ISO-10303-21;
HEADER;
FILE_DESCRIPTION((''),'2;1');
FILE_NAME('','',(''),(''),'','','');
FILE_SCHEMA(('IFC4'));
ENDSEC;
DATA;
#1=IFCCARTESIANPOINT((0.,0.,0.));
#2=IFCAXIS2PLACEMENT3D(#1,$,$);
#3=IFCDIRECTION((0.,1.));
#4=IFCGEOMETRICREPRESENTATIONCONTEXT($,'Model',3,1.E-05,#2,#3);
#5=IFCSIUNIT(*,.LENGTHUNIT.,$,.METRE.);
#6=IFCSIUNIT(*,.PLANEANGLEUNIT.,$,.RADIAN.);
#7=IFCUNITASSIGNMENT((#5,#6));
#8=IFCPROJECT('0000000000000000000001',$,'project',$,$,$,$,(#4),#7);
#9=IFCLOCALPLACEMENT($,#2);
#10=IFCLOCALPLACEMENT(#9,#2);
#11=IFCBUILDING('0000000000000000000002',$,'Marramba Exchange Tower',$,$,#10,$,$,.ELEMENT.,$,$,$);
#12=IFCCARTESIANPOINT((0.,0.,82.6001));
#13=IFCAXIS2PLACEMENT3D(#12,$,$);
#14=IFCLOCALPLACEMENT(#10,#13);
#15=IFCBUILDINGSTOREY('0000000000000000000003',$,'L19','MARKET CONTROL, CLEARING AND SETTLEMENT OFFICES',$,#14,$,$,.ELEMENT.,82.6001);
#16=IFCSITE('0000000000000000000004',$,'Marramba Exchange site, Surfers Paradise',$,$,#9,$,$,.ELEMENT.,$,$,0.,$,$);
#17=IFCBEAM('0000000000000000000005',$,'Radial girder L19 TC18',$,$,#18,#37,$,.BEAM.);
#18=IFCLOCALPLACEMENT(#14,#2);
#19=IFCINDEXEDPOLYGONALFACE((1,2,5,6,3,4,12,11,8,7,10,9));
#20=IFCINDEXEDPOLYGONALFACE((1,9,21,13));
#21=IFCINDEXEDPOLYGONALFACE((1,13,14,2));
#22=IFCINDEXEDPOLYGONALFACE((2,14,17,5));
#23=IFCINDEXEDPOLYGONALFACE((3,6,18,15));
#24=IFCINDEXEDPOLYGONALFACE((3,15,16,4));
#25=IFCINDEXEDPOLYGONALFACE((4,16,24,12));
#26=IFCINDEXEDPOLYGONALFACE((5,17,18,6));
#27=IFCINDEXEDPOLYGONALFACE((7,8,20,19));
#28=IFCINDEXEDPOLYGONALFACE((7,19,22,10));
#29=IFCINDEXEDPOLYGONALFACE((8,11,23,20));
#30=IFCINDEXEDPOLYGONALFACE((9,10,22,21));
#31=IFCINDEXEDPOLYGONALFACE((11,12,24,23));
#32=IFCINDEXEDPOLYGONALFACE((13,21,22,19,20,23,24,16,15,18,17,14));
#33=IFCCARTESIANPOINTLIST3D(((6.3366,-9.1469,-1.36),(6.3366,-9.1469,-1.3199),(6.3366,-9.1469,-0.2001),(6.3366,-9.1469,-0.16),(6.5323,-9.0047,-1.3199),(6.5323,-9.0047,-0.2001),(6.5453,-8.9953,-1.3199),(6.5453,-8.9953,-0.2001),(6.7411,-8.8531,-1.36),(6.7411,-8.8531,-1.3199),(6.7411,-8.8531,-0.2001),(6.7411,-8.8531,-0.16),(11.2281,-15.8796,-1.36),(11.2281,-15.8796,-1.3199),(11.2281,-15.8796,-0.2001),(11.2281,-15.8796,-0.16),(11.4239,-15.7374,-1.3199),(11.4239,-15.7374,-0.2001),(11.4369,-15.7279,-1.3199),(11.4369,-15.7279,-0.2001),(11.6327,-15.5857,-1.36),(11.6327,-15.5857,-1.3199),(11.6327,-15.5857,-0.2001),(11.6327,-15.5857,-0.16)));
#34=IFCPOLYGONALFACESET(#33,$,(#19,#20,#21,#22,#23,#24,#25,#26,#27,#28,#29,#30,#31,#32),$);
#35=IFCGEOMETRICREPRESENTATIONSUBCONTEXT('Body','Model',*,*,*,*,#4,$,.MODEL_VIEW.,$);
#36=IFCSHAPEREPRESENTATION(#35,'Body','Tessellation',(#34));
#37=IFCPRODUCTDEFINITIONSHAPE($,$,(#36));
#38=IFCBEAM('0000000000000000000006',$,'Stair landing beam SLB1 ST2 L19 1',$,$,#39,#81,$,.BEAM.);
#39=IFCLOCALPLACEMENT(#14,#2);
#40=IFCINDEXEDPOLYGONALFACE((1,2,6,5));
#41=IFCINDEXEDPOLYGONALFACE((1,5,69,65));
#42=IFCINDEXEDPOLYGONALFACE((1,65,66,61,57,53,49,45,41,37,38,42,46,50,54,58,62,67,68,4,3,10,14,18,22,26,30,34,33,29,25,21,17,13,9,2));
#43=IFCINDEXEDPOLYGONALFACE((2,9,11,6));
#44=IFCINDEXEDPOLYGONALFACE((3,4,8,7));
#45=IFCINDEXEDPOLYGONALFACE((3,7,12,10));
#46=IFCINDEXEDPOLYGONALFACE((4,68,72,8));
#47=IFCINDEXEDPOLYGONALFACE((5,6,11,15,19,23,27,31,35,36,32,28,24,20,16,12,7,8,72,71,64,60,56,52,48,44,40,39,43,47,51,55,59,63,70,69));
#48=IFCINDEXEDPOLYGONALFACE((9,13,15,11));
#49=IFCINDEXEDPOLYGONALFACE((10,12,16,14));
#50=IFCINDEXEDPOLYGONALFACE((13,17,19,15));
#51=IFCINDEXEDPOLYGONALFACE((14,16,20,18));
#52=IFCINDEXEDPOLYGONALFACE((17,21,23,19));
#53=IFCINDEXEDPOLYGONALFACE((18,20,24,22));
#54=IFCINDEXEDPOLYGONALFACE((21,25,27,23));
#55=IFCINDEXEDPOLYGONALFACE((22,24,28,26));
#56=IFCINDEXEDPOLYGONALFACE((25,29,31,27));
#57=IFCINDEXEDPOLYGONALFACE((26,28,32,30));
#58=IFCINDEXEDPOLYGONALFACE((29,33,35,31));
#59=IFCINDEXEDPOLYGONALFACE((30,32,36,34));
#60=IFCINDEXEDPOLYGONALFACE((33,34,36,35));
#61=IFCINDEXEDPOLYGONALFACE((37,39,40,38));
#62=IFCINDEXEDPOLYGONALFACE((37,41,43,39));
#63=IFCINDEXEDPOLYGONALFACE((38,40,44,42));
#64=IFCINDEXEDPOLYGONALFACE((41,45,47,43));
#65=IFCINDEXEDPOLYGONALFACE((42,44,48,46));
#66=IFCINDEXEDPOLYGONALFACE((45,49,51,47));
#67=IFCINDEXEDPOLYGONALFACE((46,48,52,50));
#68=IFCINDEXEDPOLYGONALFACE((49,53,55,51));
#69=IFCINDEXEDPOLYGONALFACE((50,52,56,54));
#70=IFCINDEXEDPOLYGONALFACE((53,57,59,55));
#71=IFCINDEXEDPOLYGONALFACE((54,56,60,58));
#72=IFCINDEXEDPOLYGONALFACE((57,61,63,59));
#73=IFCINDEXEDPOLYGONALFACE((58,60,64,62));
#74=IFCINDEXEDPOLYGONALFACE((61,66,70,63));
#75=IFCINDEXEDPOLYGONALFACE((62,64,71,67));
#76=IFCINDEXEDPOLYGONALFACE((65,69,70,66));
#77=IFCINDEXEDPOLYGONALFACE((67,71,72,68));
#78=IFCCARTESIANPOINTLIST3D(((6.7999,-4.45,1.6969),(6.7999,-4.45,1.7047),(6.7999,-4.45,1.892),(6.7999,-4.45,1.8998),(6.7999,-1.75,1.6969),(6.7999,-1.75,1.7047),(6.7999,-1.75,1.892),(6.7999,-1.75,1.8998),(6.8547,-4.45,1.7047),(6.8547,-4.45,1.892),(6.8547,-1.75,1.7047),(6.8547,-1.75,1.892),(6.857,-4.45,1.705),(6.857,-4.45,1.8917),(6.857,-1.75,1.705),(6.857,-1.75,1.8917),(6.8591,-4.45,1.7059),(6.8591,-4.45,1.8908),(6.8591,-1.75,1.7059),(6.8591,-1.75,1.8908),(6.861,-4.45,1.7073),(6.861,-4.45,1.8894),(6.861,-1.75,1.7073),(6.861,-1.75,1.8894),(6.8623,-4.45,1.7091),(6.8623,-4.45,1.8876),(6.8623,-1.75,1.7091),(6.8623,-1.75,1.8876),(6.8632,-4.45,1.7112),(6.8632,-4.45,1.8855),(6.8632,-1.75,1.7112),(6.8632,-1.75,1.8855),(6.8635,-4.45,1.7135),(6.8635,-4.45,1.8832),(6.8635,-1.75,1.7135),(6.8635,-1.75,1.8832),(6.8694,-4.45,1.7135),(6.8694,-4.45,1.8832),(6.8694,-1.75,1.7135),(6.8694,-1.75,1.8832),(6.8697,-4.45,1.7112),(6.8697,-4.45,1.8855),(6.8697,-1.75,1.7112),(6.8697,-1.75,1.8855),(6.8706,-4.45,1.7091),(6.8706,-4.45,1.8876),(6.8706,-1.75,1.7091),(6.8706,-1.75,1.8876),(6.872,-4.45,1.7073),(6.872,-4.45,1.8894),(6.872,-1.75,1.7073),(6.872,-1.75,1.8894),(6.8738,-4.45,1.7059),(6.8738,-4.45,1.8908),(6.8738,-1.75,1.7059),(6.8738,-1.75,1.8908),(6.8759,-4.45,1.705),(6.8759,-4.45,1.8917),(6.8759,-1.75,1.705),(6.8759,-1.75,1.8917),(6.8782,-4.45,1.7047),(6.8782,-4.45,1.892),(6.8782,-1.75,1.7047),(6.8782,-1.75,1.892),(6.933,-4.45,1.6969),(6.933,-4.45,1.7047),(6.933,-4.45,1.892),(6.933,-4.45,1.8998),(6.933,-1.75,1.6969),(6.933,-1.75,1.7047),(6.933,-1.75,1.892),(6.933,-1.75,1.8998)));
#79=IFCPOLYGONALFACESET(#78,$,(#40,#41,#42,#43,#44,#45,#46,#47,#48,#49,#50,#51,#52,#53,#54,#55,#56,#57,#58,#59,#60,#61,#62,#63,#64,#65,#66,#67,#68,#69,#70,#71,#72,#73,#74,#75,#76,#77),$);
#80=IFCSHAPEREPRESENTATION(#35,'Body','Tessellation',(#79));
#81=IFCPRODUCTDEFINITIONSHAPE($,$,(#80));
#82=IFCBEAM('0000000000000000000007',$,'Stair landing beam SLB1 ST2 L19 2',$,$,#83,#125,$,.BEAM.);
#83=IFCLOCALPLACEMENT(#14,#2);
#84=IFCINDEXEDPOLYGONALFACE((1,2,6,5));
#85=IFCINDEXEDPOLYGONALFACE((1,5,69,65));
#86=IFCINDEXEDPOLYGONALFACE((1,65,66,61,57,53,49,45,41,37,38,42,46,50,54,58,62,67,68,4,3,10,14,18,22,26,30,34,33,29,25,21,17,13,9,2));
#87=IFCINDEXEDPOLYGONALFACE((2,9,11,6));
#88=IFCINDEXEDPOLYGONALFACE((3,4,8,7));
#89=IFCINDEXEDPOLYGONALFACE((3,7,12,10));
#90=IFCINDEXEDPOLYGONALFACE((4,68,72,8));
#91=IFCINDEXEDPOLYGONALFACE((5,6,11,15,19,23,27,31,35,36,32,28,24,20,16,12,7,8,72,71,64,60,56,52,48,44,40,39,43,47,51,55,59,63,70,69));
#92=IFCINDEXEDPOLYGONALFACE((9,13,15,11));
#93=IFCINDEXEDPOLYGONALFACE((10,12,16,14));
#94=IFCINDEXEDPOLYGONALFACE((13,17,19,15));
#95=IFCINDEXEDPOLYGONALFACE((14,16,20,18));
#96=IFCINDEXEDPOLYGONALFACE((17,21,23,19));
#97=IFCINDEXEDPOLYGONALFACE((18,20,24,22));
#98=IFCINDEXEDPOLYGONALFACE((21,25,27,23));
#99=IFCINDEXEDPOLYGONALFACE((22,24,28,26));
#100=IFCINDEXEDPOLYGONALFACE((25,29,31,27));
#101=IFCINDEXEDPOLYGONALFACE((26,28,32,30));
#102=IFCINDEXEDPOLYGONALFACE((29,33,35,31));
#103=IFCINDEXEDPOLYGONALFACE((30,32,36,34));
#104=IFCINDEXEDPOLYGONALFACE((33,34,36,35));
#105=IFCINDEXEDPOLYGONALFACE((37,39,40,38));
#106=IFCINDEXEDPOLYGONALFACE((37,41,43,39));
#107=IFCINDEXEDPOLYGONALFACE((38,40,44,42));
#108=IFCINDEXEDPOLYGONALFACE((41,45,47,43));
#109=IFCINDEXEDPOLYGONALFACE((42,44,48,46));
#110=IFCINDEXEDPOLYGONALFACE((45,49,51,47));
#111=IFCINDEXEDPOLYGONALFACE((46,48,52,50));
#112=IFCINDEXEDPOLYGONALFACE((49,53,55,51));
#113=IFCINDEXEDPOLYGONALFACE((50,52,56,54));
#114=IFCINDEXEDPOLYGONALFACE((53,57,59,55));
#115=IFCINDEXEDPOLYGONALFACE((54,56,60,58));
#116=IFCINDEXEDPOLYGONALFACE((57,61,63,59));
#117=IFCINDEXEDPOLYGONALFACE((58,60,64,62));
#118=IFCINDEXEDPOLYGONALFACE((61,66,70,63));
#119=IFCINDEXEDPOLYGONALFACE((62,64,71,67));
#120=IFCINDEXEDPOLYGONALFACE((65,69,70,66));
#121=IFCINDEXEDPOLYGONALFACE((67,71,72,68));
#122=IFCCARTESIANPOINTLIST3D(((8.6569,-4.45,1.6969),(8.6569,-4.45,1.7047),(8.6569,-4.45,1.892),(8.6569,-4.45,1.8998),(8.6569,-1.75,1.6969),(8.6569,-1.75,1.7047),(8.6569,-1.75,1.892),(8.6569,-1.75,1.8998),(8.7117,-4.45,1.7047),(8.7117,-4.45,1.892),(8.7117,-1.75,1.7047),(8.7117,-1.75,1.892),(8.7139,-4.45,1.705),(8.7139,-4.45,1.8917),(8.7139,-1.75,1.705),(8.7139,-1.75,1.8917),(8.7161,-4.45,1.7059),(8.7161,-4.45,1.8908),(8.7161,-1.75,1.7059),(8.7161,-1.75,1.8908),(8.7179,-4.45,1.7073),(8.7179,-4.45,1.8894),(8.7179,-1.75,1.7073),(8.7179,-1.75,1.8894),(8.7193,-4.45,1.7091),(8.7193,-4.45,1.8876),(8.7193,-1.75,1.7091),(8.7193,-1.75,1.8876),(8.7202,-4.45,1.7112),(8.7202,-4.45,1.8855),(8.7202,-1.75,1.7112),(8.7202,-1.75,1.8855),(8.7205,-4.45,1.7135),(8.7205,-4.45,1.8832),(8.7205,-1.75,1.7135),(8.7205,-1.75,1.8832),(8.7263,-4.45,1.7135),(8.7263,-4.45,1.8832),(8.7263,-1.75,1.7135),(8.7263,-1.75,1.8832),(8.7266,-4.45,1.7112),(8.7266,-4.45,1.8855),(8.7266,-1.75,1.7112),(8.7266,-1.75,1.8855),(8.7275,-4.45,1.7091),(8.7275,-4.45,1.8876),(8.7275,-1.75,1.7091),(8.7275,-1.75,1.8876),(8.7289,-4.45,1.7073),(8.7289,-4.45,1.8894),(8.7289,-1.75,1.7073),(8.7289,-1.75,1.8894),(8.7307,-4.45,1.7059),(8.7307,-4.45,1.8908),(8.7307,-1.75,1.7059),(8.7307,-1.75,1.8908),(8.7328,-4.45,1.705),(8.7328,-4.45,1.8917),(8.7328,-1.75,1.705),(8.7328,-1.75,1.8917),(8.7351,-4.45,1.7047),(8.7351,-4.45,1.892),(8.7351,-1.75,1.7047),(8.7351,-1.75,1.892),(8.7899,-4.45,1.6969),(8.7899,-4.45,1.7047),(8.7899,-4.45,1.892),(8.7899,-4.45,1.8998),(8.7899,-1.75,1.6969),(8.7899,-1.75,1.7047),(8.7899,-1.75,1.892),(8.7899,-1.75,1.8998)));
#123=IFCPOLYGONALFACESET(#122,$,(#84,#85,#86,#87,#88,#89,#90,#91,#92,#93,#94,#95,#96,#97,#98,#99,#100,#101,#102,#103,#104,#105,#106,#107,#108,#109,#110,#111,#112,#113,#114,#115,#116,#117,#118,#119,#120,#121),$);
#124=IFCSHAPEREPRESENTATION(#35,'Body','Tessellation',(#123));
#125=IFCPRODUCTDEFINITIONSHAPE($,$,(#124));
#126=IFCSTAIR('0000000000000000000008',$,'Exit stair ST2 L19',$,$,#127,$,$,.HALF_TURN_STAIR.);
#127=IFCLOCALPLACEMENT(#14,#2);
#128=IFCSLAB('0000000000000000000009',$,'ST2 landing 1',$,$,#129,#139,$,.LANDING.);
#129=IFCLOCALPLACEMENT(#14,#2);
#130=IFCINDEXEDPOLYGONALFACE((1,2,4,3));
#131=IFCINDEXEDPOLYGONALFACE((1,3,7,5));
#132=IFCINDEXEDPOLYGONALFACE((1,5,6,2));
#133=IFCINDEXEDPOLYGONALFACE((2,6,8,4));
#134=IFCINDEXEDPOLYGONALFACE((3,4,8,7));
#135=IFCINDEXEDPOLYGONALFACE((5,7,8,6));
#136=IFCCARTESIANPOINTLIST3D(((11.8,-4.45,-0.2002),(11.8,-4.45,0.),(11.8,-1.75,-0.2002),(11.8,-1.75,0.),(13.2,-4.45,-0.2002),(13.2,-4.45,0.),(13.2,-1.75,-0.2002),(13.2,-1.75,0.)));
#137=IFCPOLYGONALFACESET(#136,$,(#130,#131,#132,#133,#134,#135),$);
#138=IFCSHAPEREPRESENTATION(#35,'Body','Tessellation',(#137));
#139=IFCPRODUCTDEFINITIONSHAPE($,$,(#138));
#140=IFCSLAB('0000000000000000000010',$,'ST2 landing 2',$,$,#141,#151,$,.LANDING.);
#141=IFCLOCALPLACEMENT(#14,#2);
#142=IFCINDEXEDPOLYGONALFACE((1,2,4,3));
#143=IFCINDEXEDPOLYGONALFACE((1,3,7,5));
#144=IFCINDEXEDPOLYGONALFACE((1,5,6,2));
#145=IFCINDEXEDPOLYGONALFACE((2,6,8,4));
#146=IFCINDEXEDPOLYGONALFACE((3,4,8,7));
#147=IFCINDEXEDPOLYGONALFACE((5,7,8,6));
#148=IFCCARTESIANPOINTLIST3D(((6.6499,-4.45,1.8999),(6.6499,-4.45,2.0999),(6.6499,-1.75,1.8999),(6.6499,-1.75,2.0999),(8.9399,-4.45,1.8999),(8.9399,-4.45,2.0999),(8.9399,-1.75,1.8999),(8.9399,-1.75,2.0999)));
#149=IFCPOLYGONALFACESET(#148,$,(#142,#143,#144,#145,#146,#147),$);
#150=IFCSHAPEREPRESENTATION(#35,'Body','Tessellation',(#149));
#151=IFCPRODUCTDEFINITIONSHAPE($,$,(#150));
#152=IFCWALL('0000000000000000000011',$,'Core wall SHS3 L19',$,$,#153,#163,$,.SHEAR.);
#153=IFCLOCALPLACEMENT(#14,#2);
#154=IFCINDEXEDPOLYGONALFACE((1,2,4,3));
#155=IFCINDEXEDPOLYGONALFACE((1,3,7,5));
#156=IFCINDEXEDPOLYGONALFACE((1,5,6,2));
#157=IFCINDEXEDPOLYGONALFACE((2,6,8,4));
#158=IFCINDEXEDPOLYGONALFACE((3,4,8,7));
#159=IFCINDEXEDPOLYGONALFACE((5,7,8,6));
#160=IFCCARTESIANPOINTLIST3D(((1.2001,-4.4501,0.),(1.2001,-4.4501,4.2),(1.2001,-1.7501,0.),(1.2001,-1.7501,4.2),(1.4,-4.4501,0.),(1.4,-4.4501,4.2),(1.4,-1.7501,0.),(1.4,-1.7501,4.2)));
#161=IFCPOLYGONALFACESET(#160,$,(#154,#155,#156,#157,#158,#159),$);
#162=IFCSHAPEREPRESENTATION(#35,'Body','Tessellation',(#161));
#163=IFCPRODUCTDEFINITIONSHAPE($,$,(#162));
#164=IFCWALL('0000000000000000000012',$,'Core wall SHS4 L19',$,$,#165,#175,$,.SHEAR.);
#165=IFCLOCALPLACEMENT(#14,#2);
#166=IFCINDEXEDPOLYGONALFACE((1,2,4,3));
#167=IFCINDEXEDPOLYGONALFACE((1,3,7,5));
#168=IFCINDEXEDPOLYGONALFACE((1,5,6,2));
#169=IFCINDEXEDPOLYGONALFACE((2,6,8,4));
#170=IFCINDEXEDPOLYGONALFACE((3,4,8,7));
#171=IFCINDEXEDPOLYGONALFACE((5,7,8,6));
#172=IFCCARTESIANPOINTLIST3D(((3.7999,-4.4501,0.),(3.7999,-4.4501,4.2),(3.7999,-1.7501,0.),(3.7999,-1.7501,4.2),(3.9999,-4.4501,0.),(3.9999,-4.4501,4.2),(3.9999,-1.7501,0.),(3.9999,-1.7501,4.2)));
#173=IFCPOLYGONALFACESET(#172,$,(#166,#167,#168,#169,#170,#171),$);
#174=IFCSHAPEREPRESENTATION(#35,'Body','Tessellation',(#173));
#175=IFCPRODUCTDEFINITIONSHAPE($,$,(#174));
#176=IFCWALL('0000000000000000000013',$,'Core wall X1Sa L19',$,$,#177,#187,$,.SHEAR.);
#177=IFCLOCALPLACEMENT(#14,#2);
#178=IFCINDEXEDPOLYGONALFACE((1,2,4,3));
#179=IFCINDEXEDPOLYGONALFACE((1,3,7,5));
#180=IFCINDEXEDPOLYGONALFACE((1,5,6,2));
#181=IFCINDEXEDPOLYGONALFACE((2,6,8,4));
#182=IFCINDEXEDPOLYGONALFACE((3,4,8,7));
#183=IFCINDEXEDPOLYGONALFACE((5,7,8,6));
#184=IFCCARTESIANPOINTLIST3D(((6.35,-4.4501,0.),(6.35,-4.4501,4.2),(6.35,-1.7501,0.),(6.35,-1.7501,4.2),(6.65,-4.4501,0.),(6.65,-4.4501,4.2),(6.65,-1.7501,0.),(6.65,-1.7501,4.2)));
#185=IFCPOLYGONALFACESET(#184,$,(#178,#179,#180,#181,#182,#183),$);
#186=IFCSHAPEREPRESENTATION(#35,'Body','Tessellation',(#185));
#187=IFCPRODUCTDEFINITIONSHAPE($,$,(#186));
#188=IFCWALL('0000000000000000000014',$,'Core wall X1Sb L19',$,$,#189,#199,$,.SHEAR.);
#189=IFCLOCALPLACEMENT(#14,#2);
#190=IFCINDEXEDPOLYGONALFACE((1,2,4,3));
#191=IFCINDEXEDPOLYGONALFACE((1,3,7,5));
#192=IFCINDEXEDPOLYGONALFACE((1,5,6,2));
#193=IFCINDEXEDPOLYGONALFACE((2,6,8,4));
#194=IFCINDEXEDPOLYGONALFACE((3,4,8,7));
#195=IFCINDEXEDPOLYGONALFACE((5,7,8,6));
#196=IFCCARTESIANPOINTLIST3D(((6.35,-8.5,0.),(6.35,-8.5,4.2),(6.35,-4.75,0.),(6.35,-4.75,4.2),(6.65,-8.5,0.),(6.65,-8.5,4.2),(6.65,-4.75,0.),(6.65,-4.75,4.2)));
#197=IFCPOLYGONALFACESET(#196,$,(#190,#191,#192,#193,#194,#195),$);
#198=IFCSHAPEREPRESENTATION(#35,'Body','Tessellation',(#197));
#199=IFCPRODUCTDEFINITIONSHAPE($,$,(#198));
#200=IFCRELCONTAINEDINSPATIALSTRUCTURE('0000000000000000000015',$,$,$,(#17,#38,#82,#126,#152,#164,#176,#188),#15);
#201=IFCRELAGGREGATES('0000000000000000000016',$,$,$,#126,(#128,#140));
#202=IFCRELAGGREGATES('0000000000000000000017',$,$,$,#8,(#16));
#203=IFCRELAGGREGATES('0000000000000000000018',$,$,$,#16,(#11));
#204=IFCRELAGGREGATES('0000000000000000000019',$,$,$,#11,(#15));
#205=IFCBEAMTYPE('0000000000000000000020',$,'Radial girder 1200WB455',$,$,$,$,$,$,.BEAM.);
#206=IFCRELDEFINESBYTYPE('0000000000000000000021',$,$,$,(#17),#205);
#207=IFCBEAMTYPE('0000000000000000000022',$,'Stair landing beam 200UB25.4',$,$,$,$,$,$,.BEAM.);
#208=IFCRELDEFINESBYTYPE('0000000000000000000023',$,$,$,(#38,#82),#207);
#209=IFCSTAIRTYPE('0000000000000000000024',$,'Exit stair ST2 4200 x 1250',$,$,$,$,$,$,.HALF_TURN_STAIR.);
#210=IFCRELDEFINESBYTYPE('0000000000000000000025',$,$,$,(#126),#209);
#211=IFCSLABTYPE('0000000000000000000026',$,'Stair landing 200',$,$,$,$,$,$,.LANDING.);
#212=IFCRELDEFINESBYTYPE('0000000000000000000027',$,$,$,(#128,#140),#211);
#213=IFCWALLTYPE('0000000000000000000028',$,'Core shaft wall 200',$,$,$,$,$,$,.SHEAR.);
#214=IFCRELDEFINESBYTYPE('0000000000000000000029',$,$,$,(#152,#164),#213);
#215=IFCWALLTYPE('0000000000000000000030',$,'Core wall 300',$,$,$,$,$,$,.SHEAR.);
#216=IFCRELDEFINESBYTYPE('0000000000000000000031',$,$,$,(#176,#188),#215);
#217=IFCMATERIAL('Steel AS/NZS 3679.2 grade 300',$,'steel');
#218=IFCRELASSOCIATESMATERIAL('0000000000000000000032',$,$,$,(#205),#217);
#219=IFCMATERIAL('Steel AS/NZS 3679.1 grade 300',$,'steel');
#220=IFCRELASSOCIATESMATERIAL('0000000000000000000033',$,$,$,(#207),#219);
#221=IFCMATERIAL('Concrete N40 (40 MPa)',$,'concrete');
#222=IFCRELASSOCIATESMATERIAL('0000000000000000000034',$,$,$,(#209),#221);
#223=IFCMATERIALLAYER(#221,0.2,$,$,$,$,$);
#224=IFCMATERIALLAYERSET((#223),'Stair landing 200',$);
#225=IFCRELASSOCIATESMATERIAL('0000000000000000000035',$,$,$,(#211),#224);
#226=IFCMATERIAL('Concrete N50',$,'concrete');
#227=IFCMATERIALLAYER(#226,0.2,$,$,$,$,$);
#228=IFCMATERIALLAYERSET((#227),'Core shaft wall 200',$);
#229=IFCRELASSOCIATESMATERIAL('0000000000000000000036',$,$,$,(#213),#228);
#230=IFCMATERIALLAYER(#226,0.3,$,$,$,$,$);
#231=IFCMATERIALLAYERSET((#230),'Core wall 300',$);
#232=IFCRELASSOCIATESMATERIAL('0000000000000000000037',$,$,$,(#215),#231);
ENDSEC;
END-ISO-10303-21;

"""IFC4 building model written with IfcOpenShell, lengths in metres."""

from ifc_helpers import new_model, si_unit, direction, frame, frame_2d, origin, origin_2d, place, context, subcontext, project, spatial, polyline, rectangle, i_section, outline, extrude, material, layer, layer_set, material_profile, profile_set, type_object, element, aggregate, save


model = new_model("IFC4")

# Units and contexts
model_context = context("Model", 3, precision=1e-05, world=origin(), true_north=direction((0.0, 1.0)))
body_context = subcontext(model_context, "Body", "Model", "MODEL_VIEW")
ifc_project = project(units=[si_unit("LENGTHUNIT", "METRE"), si_unit("PLANEANGLEUNIT", "RADIAN")], contexts=[model_context])

# Site, building, storey
site_placement = place(None, origin())
site = spatial("IfcSite", under=ifc_project, at=site_placement, Name="Marramba Exchange site, Surfers Paradise", CompositionType="ELEMENT", RefElevation=0.0)
building_placement = place(site_placement, origin())
building = spatial("IfcBuilding", under=site, at=building_placement, Name="Marramba Exchange Tower", CompositionType="ELEMENT")
storey_placement = place(building_placement, frame((0.0, 0.0, 82.6001)))
storey = spatial("IfcBuildingStorey", under=building, at=storey_placement, Name="L19", Description="MARKET CONTROL, CLEARING AND SETTLEMENT OFFICES", CompositionType="ELEMENT", Elevation=82.6001)

# Beams
ifc_material_1 = material(Name="Steel AS/NZS 3679.2 grade 300", Category="steel")
ifc_material_profile_1 = material_profile(ifc_material_1, i_section(OverallWidth=0.5, OverallDepth=1.2, WebThickness=0.0161, FlangeThickness=0.04, at=origin_2d()), Name="1200WB455")
ifc_profile_set_1 = profile_set([ifc_material_profile_1], Name="Steel AS/NZS 3679.2 grade 300")
beam_type_1 = type_object("IfcBeamType", Name="Radial girder 1200WB455", PredefinedType="BEAM", material=ifc_profile_set_1)
beam_placement = place(storey_placement, frame((6.5388, -9.0, -0.76), z_axis=(0.587788, -0.809015, 0.0), x_axis=(0.809015, 0.587788, 0.0)))
element("IfcBeam", 1, at=beam_placement, inside=storey, type_object=beam_type_1, Name="Radial girder L19 TC18", PredefinedType="BEAM", context=body_context, shape_type="SweptSolid", body=[
    extrude(i_section(OverallWidth=0.5, OverallDepth=1.2, WebThickness=0.0161, FlangeThickness=0.04, at=origin_2d()), origin(), (0.0, 0.0, 1.0), 8.322),
])
ifc_material_2 = material(Name="Steel AS/NZS 3679.1 grade 300", Category="steel")
ifc_material_profile_2 = material_profile(ifc_material_2, i_section(OverallWidth=0.1331, OverallDepth=0.2029, WebThickness=0.0059, FlangeThickness=0.0078, FilletRadius=0.0088, at=origin_2d()), Name="200UB25.4")
ifc_profile_set_2 = profile_set([ifc_material_profile_2], Name="Steel AS/NZS 3679.1 grade 300")
beam_type_2 = type_object("IfcBeamType", Name="Stair landing beam 200UB25.4", PredefinedType="BEAM", material=ifc_profile_set_2)
for number, where, z_axis, x_axis, name in (
    (2, (6.8665, -4.45, 1.7983), (0.0, 1.0, 0.0), (-1.0, 0.0, 0.0), "Stair landing beam SLB1 ST2 L19 1"),
    (3, (8.7234, -4.45, 1.7983), (0.0, 1.0, 0.0), (-1.0, 0.0, 0.0), "Stair landing beam SLB1 ST2 L19 2"),
):
    element("IfcBeam", number, at=place(storey_placement, frame(where, z_axis=z_axis, x_axis=x_axis)), inside=storey, type_object=beam_type_2, Name=name, PredefinedType="BEAM", context=body_context, shape_type="SweptSolid", body=[
        extrude(i_section(OverallWidth=0.1331, OverallDepth=0.2029, WebThickness=0.0059, FlangeThickness=0.0078, FilletRadius=0.0088, at=origin_2d()), origin(), (0.0, 0.0, 1.0), 2.7),
    ])

# Stair, slabs
ifc_material_3 = material(Name="Concrete N40 (40 MPa)", Category="concrete")
stair_type = type_object("IfcStairType", Name="Exit stair ST2 4200 x 1250", PredefinedType="HALF_TURN_STAIR", material=ifc_material_3)
stair_placement = place(storey_placement, origin())
stair = element("IfcStair", 4, at=stair_placement, inside=storey, type_object=stair_type, Name="Exit stair ST2 L19", PredefinedType="HALF_TURN_STAIR")
ifc_layer_1 = layer(ifc_material_3, 0.2)
ifc_layer_set_1 = layer_set([ifc_layer_1], Name="Stair landing 200")
slab_type = type_object("IfcSlabType", Name="Stair landing 200", PredefinedType="LANDING", material=ifc_layer_set_1)
slab_1_placement = place(storey_placement, frame((0.0, 0.0, -0.2002)))
slab_1 = element("IfcSlab", 5, at=slab_1_placement, type_object=slab_type, Name="ST2 landing 1", PredefinedType="LANDING", context=body_context, shape_type="SweptSolid", body=[
    extrude(outline(polyline([(11.8, -4.45), (13.2, -4.45), (13.2, -1.75), (11.8, -1.75), (11.8, -4.45)])), origin(), (0.0, 0.0, 1.0), 0.2002),
])
slab_2_placement = place(storey_placement, frame((0.0, 0.0, 1.8999)))
slab_2 = element("IfcSlab", 6, at=slab_2_placement, type_object=slab_type, Name="ST2 landing 2", PredefinedType="LANDING", context=body_context, shape_type="SweptSolid", body=[
    extrude(outline(polyline([(6.6499, -4.45), (8.9399, -4.45), (8.9399, -1.75), (6.6499, -1.75), (6.6499, -4.45)])), origin(), (0.0, 0.0, 1.0), 0.2),
])

# Walls
ifc_material_4 = material(Name="Concrete N50", Category="concrete")
ifc_layer_2 = layer(ifc_material_4, 0.2)
ifc_layer_set_2 = layer_set([ifc_layer_2], Name="Core shaft wall 200")
wall_type_1 = type_object("IfcWallType", Name="Core shaft wall 200", PredefinedType="SHEAR", material=ifc_layer_set_2)
for number, where, z_axis, x_axis, name in (
    (7, (1.3, -1.75, 0.0), (0.0, 0.0, 1.0), (0.0, -1.0, 0.0), "Core wall SHS3 L19"),
    (8, (3.8999, -1.75, 0.0), (0.0, 0.0, 1.0), (0.0, -1.0, 0.0), "Core wall SHS4 L19"),
):
    element("IfcWall", number, at=place(storey_placement, frame(where, z_axis=z_axis, x_axis=x_axis)), inside=storey, type_object=wall_type_1, Name=name, PredefinedType="SHEAR", context=body_context, shape_type="SweptSolid", body=[
        extrude(rectangle(XDim=2.7, YDim=0.2, at=frame_2d((1.3501, 0.0))), origin(), (0.0, 0.0, 1.0), 4.2),
    ])
ifc_layer_3 = layer(ifc_material_4, 0.3)
ifc_layer_set_3 = layer_set([ifc_layer_3], Name="Core wall 300")
wall_type_2 = type_object("IfcWallType", Name="Core wall 300", PredefinedType="SHEAR", material=ifc_layer_set_3)
wall_1_placement = place(storey_placement, frame((6.5, -1.75, 0.0), z_axis=(0.0, 0.0, 1.0), x_axis=(0.0, -1.0, 0.0)))
element("IfcWall", 9, at=wall_1_placement, inside=storey, type_object=wall_type_2, Name="Core wall X1Sa L19", PredefinedType="SHEAR", context=body_context, shape_type="SweptSolid", body=[
    extrude(rectangle(XDim=2.7, YDim=0.3, at=frame_2d((1.3501, 0.0))), origin(), (0.0, 0.0, 1.0), 4.2),
])
wall_2_placement = place(storey_placement, frame((6.5, -4.75, 0.0), z_axis=(0.0, 0.0, 1.0), x_axis=(0.0, -1.0, 0.0)))
element("IfcWall", 10, at=wall_2_placement, inside=storey, type_object=wall_type_2, Name="Core wall X1Sb L19", PredefinedType="SHEAR", context=body_context, shape_type="SweptSolid", body=[
    extrude(rectangle(XDim=3.75, YDim=0.3, at=frame_2d((1.875, 0.0))), origin(), (0.0, 0.0, 1.0), 4.2),
])

aggregate(stair, [slab_1, slab_2])

save(model, "model.ifc")
